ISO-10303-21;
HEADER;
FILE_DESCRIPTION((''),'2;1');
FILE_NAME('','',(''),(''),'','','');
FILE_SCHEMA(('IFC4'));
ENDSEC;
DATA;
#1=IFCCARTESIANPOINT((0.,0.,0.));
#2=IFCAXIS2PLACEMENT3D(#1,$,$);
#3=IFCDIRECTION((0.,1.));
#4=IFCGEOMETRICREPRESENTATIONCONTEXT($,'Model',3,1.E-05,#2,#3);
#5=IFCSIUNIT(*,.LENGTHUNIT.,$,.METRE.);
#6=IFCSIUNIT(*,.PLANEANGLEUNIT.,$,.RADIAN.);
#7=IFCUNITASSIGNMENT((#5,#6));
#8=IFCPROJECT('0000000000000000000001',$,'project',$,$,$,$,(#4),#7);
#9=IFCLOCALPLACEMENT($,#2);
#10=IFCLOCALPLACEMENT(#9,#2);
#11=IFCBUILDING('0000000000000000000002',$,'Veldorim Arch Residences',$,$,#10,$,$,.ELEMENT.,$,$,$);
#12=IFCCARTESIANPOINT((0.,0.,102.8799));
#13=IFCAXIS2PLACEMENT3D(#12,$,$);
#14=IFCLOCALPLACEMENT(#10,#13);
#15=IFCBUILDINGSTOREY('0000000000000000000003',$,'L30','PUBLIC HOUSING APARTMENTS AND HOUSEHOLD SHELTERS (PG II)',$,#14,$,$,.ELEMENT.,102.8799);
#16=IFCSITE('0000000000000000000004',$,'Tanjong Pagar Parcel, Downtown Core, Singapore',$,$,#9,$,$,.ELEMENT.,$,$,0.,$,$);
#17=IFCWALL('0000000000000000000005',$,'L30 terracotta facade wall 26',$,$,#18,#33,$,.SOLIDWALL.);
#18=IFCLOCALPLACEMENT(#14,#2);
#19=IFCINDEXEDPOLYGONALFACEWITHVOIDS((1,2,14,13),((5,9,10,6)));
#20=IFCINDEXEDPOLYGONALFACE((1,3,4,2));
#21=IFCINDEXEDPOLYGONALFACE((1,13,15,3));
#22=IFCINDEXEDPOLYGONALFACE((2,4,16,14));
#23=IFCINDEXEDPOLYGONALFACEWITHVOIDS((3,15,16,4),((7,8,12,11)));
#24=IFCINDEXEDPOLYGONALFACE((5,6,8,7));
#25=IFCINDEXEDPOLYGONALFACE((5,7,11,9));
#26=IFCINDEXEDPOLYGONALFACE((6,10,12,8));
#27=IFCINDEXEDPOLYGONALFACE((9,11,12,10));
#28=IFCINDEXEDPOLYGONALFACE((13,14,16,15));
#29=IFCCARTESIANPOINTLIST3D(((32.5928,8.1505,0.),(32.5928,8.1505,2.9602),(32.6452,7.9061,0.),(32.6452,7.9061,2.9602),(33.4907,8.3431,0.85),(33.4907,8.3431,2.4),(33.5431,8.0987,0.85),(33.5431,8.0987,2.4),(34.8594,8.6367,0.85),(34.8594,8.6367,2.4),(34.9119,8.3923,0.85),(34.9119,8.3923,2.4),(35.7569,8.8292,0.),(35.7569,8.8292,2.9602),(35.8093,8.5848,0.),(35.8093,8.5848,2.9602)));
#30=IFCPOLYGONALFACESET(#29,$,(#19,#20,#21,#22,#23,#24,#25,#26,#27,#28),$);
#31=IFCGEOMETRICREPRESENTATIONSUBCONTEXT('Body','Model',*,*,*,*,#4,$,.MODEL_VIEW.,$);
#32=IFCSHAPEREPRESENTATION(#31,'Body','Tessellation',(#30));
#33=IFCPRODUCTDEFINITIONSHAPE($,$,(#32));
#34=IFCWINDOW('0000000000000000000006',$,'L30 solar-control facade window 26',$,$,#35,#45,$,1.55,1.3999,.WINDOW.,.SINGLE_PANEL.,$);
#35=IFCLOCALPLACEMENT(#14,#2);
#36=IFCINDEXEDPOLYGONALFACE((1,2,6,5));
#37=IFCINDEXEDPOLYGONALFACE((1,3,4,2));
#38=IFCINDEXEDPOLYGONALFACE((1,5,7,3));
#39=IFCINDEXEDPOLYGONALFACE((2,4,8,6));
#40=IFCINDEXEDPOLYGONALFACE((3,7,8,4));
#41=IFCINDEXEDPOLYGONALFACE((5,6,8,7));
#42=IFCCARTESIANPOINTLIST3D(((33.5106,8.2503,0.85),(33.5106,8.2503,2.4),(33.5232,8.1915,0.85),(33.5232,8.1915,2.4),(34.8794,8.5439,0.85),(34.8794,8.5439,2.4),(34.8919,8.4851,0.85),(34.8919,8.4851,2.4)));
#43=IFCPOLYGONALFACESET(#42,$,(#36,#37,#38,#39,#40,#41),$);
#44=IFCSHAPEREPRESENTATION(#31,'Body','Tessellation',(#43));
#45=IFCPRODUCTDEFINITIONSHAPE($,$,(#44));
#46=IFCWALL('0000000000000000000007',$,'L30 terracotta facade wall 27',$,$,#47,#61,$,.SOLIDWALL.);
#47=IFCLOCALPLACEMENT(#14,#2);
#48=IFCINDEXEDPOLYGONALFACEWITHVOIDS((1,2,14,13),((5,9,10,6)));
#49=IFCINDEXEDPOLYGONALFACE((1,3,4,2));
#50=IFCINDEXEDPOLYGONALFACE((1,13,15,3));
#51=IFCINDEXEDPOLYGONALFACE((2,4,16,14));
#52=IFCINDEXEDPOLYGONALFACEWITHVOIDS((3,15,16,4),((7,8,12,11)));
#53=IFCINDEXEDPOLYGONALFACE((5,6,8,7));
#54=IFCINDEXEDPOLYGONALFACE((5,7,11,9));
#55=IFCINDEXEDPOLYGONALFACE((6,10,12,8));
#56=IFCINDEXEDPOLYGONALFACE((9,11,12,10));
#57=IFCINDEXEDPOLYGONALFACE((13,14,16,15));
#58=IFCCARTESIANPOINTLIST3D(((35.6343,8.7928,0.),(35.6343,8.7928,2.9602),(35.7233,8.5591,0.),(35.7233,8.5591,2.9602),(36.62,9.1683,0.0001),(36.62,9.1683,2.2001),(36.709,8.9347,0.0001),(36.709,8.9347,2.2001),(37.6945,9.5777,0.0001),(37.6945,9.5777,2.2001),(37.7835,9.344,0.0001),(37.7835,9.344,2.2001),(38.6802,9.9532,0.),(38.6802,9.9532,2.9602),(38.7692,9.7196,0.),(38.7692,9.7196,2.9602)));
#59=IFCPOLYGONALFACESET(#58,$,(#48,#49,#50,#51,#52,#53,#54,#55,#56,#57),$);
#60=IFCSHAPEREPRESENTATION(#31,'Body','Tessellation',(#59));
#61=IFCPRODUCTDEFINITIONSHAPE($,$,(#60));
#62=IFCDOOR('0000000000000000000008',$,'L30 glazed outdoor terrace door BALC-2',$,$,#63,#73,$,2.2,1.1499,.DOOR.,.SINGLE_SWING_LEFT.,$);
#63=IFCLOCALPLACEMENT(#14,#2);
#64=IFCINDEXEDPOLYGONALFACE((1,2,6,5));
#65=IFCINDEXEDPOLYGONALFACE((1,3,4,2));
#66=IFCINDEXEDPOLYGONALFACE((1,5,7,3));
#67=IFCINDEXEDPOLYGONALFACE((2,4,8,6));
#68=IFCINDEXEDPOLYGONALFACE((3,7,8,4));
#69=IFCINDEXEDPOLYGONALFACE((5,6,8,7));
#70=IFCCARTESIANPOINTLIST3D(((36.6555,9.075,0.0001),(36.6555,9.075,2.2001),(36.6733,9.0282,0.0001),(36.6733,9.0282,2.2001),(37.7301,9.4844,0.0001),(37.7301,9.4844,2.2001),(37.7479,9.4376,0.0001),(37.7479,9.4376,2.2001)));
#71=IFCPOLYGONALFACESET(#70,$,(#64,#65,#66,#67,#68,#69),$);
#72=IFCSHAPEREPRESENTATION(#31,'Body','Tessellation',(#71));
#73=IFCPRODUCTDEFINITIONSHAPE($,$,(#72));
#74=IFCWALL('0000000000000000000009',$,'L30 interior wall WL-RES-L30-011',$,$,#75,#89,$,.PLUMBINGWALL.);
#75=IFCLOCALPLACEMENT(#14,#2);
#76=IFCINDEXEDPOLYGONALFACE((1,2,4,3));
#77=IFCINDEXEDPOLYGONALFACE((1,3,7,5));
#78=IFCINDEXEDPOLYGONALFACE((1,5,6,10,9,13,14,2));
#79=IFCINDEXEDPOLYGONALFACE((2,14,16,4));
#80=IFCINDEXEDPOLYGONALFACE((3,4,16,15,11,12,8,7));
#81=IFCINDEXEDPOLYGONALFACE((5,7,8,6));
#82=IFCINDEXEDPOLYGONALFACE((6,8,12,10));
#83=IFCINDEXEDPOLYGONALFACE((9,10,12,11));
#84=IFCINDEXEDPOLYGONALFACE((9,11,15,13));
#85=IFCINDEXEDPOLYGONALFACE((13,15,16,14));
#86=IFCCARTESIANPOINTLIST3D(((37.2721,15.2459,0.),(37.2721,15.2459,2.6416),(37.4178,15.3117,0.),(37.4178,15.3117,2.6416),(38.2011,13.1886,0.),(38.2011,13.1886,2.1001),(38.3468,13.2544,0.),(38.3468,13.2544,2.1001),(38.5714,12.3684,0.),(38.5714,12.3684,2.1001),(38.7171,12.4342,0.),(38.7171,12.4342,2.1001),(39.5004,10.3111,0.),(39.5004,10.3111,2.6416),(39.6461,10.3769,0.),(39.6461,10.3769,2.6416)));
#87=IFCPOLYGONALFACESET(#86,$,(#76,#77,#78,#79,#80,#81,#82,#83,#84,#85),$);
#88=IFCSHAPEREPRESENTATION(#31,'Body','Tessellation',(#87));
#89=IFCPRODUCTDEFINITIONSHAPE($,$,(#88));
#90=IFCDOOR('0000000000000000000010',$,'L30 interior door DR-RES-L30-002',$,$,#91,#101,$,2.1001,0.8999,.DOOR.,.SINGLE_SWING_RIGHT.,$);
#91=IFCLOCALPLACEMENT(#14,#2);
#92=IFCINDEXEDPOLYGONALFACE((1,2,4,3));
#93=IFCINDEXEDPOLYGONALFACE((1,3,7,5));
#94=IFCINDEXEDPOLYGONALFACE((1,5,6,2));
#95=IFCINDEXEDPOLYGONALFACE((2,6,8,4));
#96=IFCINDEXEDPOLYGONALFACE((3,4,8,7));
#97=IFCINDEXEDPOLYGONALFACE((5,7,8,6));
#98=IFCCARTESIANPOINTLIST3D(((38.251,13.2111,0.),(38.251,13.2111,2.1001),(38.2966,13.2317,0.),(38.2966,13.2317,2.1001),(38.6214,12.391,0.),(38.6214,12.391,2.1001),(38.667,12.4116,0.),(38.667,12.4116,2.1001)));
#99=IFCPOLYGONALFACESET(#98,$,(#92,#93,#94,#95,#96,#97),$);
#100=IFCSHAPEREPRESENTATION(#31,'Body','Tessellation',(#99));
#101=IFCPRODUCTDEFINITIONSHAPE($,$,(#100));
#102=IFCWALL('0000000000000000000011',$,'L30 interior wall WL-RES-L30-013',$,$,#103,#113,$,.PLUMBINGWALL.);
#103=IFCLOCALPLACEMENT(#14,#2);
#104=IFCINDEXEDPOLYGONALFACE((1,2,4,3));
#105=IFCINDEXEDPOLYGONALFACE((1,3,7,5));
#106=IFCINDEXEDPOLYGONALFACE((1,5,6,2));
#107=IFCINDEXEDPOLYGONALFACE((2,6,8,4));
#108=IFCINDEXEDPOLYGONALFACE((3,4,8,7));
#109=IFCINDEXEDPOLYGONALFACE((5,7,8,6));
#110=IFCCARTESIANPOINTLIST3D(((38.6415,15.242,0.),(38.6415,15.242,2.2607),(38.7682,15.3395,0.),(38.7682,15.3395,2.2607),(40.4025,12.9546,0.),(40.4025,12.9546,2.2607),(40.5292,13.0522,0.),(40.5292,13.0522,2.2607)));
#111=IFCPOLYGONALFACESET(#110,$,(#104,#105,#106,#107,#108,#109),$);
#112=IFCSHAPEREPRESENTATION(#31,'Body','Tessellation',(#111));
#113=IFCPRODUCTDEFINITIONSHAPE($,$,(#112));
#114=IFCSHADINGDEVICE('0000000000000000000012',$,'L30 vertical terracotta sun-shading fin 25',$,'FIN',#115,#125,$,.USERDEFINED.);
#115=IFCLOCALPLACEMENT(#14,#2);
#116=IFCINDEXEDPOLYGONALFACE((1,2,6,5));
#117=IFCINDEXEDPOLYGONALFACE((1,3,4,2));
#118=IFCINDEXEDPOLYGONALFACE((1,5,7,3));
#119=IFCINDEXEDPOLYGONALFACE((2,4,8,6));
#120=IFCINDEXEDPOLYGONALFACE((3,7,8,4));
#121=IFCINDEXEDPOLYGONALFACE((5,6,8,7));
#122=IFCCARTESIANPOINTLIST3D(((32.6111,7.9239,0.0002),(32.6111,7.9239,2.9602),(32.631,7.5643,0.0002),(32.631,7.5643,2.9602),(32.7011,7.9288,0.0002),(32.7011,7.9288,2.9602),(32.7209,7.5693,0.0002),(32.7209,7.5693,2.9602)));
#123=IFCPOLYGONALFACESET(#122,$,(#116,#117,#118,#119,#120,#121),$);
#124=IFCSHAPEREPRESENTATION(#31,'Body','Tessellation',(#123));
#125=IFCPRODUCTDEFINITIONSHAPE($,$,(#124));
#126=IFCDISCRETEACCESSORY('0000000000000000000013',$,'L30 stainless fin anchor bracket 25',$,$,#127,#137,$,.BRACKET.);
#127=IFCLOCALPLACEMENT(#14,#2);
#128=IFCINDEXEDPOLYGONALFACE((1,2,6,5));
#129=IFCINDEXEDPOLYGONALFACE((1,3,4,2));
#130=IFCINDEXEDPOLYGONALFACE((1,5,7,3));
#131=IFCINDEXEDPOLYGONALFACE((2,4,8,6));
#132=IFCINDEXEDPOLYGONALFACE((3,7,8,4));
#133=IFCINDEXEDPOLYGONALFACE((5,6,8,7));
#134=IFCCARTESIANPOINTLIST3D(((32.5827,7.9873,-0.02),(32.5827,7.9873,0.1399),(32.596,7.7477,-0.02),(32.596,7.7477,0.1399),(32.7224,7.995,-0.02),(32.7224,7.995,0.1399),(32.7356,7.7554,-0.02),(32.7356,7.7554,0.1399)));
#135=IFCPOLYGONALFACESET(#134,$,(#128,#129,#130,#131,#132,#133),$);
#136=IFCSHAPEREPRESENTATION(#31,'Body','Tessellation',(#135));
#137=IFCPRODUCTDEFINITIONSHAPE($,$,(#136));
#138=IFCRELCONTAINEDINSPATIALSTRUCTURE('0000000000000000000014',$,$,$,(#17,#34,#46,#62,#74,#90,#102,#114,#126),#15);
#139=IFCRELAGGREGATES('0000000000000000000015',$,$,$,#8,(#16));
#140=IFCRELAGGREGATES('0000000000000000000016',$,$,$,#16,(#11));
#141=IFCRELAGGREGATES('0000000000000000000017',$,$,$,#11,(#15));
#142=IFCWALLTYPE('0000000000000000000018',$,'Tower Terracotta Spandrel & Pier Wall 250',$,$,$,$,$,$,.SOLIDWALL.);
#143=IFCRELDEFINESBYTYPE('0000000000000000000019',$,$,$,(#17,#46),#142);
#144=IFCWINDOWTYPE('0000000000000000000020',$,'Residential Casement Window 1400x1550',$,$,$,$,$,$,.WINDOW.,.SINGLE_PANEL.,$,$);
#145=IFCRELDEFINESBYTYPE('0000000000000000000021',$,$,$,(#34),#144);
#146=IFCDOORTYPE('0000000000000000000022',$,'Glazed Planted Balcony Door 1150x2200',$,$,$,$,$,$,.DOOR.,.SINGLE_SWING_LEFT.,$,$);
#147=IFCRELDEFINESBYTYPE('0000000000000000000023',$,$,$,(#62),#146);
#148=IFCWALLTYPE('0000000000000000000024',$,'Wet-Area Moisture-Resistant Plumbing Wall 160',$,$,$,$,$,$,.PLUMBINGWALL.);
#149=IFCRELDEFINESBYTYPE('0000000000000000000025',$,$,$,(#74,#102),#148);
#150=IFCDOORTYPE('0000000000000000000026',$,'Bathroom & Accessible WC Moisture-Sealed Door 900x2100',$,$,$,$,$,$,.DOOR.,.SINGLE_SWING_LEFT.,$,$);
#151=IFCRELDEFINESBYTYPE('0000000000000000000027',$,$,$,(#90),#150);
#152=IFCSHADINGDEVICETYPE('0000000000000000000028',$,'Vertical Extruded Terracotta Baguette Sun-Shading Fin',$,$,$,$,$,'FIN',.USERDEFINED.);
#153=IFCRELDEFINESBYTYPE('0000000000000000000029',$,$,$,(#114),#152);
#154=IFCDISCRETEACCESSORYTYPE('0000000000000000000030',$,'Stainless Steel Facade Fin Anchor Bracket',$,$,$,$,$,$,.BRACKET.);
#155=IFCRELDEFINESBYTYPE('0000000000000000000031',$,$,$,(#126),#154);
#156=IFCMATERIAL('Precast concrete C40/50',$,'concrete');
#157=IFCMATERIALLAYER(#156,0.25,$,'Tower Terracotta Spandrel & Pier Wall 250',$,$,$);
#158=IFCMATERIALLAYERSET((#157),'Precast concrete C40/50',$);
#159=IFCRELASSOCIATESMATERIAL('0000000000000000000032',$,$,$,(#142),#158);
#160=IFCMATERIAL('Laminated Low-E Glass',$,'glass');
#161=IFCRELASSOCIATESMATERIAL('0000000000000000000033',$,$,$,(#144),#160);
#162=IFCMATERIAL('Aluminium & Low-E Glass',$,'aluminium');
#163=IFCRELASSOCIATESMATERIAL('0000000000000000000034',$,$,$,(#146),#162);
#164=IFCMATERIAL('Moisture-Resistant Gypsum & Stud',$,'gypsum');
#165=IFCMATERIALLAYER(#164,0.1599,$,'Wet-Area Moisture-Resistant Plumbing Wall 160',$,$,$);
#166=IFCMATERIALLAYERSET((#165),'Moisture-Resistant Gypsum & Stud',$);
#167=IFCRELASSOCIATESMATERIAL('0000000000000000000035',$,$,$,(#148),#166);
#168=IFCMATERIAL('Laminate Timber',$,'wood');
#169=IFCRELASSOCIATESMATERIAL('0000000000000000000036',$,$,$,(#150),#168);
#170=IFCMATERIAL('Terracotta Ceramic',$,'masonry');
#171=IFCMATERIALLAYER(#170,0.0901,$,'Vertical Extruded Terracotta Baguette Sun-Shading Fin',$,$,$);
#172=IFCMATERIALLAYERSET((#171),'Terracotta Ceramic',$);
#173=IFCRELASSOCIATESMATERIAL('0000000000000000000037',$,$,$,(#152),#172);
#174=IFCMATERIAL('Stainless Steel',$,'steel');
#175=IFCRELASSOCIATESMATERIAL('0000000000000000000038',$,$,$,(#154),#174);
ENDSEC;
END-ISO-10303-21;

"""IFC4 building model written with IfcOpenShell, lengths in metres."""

from ifc_helpers import new_model, si_unit, direction, frame, frame_2d, origin, origin_2d, place, context, subcontext, project, spatial, rectangle, extrude, material, layer, layer_set, type_object, element, fill, save


model = new_model("IFC4")

# Units and contexts
model_context = context("Model", 3, precision=1e-05, world=origin(), true_north=direction((0.0, 1.0)))
body_context = subcontext(model_context, "Body", "Model", "MODEL_VIEW")
ifc_project = project(units=[si_unit("LENGTHUNIT", "METRE"), si_unit("PLANEANGLEUNIT", "RADIAN")], contexts=[model_context])

# Site, building, storey
site_placement = place(None, origin())
site = spatial("IfcSite", under=ifc_project, at=site_placement, Name="Tanjong Pagar Parcel, Downtown Core, Singapore", CompositionType="ELEMENT", RefElevation=0.0)
building_placement = place(site_placement, origin())
building = spatial("IfcBuilding", under=site, at=building_placement, Name="Veldorim Arch Residences", CompositionType="ELEMENT")
storey_placement = place(building_placement, frame((0.0, 0.0, 102.8799)))
storey = spatial("IfcBuildingStorey", under=building, at=storey_placement, Name="L30", Description="PUBLIC HOUSING APARTMENTS AND HOUSEHOLD SHELTERS (PG II)", CompositionType="ELEMENT", Elevation=102.8799)

# Wall, opening, window
ifc_material_1 = material(Name="Precast concrete C40/50", Category="concrete")
ifc_layer_1 = layer(ifc_material_1, 0.25, Name="Tower Terracotta Spandrel & Pier Wall 250")
ifc_layer_set_1 = layer_set([ifc_layer_1], Name="Precast concrete C40/50")
wall_type_1 = type_object("IfcWallType", Name="Tower Terracotta Spandrel & Pier Wall 250", PredefinedType="SOLIDWALL", material=ifc_layer_set_1)
wall_1_placement = place(storey_placement, frame((35.7832, 8.707, 0.0), z_axis=(0.0, 0.0, 1.0), x_axis=(-0.977758, -0.209735, 0.0)))
wall_1 = element("IfcWall", 1, at=wall_1_placement, inside=storey, type_object=wall_type_1, Name="L30 terracotta facade wall 26", PredefinedType="SOLIDWALL", context=body_context, shape_type="SweptSolid", body=[
    extrude(rectangle(XDim=3.2361, YDim=0.25, at=frame_2d((1.6182, 0.0))), origin(), (0.0, 0.0, 1.0), 2.9602),
])
opening_1_placement = place(wall_1_placement, frame((0.918, 0.0, 0.8501)))
opening_1 = element("IfcOpeningElement", 2, at=opening_1_placement, cuts=wall_1, PredefinedType="OPENING", context=body_context, shape_type="SweptSolid", body=[
    extrude(rectangle(XDim=1.3999, YDim=1.55, at=frame_2d((0.7, 0.7749))), frame((0.0, 0.135, 0.0), z_axis=(0.0, -1.0, 0.0), x_axis=(1.0, 0.0, 0.0)), (0.0, 0.0, 1.0), 0.27),
])
ifc_material_2 = material(Name="Laminated Low-E Glass", Category="glass")
window_type = type_object("IfcWindowType", Name="Residential Casement Window 1400x1550", PartitioningType="SINGLE_PANEL", PredefinedType="WINDOW", material=ifc_material_2)
window_placement = place(opening_1_placement, origin())
window = element("IfcWindow", 3, at=window_placement, inside=storey, type_object=window_type, Name="L30 solar-control facade window 26", OverallHeight=1.55, OverallWidth=1.3999, PartitioningType="SINGLE_PANEL", PredefinedType="WINDOW", context=body_context, shape_type="SweptSolid", body=[
    extrude(rectangle(XDim=1.3999, YDim=1.55, at=frame_2d((0.7, 0.7749))), frame((0.0, 0.03, 0.0), z_axis=(0.0, -1.0, 0.0), x_axis=(1.0, 0.0, 0.0)), (0.0, 0.0, 1.0), 0.0601),
])
fill(opening_1, window)

# Walls, openings, doors
wall_2_placement = place(storey_placement, frame((38.7249, 9.8364, 0.0), z_axis=(0.0, 0.0, 1.0), x_axis=(-0.934482, -0.356011, 0.0)))
wall_2 = element("IfcWall", 4, at=wall_2_placement, inside=storey, type_object=wall_type_1, Name="L30 terracotta facade wall 27", PredefinedType="SOLIDWALL", context=body_context, shape_type="SweptSolid", body=[
    extrude(rectangle(XDim=3.2595, YDim=0.25, at=frame_2d((1.6299, 0.0))), origin(), (0.0, 0.0, 1.0), 2.9602),
])
opening_2_placement = place(wall_2_placement, frame((1.0549, 0.0, 0.0)))
opening_2 = element("IfcOpeningElement", 5, at=opening_2_placement, cuts=wall_2, PredefinedType="OPENING", context=body_context, shape_type="SweptSolid", body=[
    extrude(rectangle(XDim=1.1499, YDim=2.2, at=frame_2d((0.575, 1.1001))), frame((0.0, 0.135, 0.0), z_axis=(0.0, -1.0, 0.0), x_axis=(1.0, 0.0, 0.0)), (0.0, 0.0, 1.0), 0.27),
])
ifc_material_3 = material(Name="Aluminium & Low-E Glass", Category="aluminium")
door_type_1 = type_object("IfcDoorType", Name="Glazed Planted Balcony Door 1150x2200", OperationType="SINGLE_SWING_LEFT", PredefinedType="DOOR", material=ifc_material_3)
door_1_placement = place(opening_2_placement, origin())
door_1 = element("IfcDoor", 6, at=door_1_placement, inside=storey, type_object=door_type_1, Name="L30 glazed outdoor terrace door BALC-2", OperationType="SINGLE_SWING_LEFT", OverallHeight=2.2, OverallWidth=1.1499, PredefinedType="DOOR", context=body_context, shape_type="SweptSolid", body=[
    extrude(rectangle(XDim=1.1499, YDim=2.2, at=frame_2d((0.575, 1.1001))), frame((0.0, 0.0249, 0.0), z_axis=(0.0, -1.0, 0.0), x_axis=(1.0, 0.0, 0.0)), (0.0, 0.0, 1.0), 0.05),
])
fill(opening_2, door_1)
ifc_material_4 = material(Name="Moisture-Resistant Gypsum & Stud", Category="gypsum")
ifc_layer_2 = layer(ifc_material_4, 0.1599, Name="Wet-Area Moisture-Resistant Plumbing Wall 160")
ifc_layer_set_2 = layer_set([ifc_layer_2], Name="Moisture-Resistant Gypsum & Stud")
wall_type_2 = type_object("IfcWallType", Name="Wet-Area Moisture-Resistant Plumbing Wall 160", PredefinedType="PLUMBINGWALL", material=ifc_layer_set_2)
wall_3_placement = place(storey_placement, frame((37.345, 15.2788, 0.0), z_axis=(0.0, 0.0, 1.0), x_axis=(0.411532, -0.911395, 0.0)))
wall_3 = element("IfcWall", 7, at=wall_3_placement, inside=storey, type_object=wall_type_2, Name="L30 interior wall WL-RES-L30-011", PredefinedType="PLUMBINGWALL", context=body_context, shape_type="SweptSolid", body=[
    extrude(rectangle(XDim=5.4146, YDim=0.1599, at=frame_2d((2.7073, 0.0))), origin(), (0.0, 0.0, 1.0), 2.6416),
])
opening_3_placement = place(wall_3_placement, frame((2.2573, 0.0, 0.0)))
opening_3 = element("IfcOpeningElement", 8, at=opening_3_placement, cuts=wall_3, PredefinedType="OPENING", context=body_context, shape_type="SweptSolid", body=[
    extrude(rectangle(XDim=0.8999, YDim=2.1001, at=frame_2d((0.45, 1.05))), frame((0.0, 0.0898, 0.0), z_axis=(0.0, -1.0, 0.0), x_axis=(1.0, 0.0, 0.0)), (0.0, 0.0, 1.0), 0.1799),
])
ifc_material_5 = material(Name="Laminate Timber", Category="wood")
door_type_2 = type_object("IfcDoorType", Name="Bathroom & Accessible WC Moisture-Sealed Door 900x2100", OperationType="SINGLE_SWING_LEFT", PredefinedType="DOOR", material=ifc_material_5)
door_2_placement = place(opening_3_placement, origin())
door_2 = element("IfcDoor", 9, at=door_2_placement, inside=storey, type_object=door_type_2, Name="L30 interior door DR-RES-L30-002", OperationType="SINGLE_SWING_RIGHT", OverallHeight=2.1001, OverallWidth=0.8999, PredefinedType="DOOR", context=body_context, shape_type="SweptSolid", body=[
    extrude(rectangle(XDim=0.8999, YDim=2.1001, at=frame_2d((0.45, 1.05))), frame((0.0, 0.0249, 0.0), z_axis=(0.0, -1.0, 0.0), x_axis=(1.0, 0.0, 0.0)), (0.0, 0.0, 1.0), 0.05),
])
fill(opening_3, door_2)

# Wall
wall_4_placement = place(storey_placement, frame((38.7048, 15.2908, 0.0), z_axis=(0.0, 0.0, 1.0), x_axis=(0.610034, -0.792376, 0.0)))
element("IfcWall", 10, at=wall_4_placement, inside=storey, type_object=wall_type_2, Name="L30 interior wall WL-RES-L30-013", PredefinedType="PLUMBINGWALL", context=body_context, shape_type="SweptSolid", body=[
    extrude(rectangle(XDim=2.8867, YDim=0.1599, at=frame_2d((1.4434, 0.0))), origin(), (0.0, 0.0, 1.0), 2.2607),
])

# Shading device
ifc_material_6 = material(Name="Terracotta Ceramic", Category="masonry")
ifc_layer_3 = layer(ifc_material_6, 0.0901, Name="Vertical Extruded Terracotta Baguette Sun-Shading Fin")
ifc_layer_set_3 = layer_set([ifc_layer_3], Name="Terracotta Ceramic")
shading_device_type = type_object("IfcShadingDeviceType", Name="Vertical Extruded Terracotta Baguette Sun-Shading Fin", ElementType="FIN", PredefinedType="USERDEFINED", material=ifc_layer_set_3)
shading_device_placement = place(storey_placement, frame((32.666, 7.7466, 0.0002), z_axis=(0.0, 0.0, 1.0), x_axis=(-0.998479, -0.055124, 0.0)))
element("IfcShadingDevice", 11, at=shading_device_placement, inside=storey, type_object=shading_device_type, Name="L30 vertical terracotta sun-shading fin 25", ObjectType="FIN", PredefinedType="USERDEFINED", context=body_context, shape_type="SweptSolid", body=[
    extrude(rectangle(XDim=0.0901, YDim=0.3601, at=origin_2d()), origin(), (0.0, 0.0, 1.0), 2.96),
])

# Discrete accessory
ifc_material_7 = material(Name="Stainless Steel", Category="steel")
discrete_accessory_type = type_object("IfcDiscreteAccessoryType", Name="Stainless Steel Facade Fin Anchor Bracket", PredefinedType="BRACKET", material=ifc_material_7)
discrete_accessory_placement = place(storey_placement, frame((32.6592, 7.8713, -0.02), z_axis=(0.0, 0.0, 1.0), x_axis=(-0.998479, -0.055124, 0.0)))
element("IfcDiscreteAccessory", 12, at=discrete_accessory_placement, inside=storey, type_object=discrete_accessory_type, Name="L30 stainless fin anchor bracket 25", PredefinedType="BRACKET", context=body_context, shape_type="SweptSolid", body=[
    extrude(rectangle(XDim=0.1399, YDim=0.24, at=origin_2d()), origin(), (0.0, 0.0, 1.0), 0.1599),
])

save(model, "model.ifc")
